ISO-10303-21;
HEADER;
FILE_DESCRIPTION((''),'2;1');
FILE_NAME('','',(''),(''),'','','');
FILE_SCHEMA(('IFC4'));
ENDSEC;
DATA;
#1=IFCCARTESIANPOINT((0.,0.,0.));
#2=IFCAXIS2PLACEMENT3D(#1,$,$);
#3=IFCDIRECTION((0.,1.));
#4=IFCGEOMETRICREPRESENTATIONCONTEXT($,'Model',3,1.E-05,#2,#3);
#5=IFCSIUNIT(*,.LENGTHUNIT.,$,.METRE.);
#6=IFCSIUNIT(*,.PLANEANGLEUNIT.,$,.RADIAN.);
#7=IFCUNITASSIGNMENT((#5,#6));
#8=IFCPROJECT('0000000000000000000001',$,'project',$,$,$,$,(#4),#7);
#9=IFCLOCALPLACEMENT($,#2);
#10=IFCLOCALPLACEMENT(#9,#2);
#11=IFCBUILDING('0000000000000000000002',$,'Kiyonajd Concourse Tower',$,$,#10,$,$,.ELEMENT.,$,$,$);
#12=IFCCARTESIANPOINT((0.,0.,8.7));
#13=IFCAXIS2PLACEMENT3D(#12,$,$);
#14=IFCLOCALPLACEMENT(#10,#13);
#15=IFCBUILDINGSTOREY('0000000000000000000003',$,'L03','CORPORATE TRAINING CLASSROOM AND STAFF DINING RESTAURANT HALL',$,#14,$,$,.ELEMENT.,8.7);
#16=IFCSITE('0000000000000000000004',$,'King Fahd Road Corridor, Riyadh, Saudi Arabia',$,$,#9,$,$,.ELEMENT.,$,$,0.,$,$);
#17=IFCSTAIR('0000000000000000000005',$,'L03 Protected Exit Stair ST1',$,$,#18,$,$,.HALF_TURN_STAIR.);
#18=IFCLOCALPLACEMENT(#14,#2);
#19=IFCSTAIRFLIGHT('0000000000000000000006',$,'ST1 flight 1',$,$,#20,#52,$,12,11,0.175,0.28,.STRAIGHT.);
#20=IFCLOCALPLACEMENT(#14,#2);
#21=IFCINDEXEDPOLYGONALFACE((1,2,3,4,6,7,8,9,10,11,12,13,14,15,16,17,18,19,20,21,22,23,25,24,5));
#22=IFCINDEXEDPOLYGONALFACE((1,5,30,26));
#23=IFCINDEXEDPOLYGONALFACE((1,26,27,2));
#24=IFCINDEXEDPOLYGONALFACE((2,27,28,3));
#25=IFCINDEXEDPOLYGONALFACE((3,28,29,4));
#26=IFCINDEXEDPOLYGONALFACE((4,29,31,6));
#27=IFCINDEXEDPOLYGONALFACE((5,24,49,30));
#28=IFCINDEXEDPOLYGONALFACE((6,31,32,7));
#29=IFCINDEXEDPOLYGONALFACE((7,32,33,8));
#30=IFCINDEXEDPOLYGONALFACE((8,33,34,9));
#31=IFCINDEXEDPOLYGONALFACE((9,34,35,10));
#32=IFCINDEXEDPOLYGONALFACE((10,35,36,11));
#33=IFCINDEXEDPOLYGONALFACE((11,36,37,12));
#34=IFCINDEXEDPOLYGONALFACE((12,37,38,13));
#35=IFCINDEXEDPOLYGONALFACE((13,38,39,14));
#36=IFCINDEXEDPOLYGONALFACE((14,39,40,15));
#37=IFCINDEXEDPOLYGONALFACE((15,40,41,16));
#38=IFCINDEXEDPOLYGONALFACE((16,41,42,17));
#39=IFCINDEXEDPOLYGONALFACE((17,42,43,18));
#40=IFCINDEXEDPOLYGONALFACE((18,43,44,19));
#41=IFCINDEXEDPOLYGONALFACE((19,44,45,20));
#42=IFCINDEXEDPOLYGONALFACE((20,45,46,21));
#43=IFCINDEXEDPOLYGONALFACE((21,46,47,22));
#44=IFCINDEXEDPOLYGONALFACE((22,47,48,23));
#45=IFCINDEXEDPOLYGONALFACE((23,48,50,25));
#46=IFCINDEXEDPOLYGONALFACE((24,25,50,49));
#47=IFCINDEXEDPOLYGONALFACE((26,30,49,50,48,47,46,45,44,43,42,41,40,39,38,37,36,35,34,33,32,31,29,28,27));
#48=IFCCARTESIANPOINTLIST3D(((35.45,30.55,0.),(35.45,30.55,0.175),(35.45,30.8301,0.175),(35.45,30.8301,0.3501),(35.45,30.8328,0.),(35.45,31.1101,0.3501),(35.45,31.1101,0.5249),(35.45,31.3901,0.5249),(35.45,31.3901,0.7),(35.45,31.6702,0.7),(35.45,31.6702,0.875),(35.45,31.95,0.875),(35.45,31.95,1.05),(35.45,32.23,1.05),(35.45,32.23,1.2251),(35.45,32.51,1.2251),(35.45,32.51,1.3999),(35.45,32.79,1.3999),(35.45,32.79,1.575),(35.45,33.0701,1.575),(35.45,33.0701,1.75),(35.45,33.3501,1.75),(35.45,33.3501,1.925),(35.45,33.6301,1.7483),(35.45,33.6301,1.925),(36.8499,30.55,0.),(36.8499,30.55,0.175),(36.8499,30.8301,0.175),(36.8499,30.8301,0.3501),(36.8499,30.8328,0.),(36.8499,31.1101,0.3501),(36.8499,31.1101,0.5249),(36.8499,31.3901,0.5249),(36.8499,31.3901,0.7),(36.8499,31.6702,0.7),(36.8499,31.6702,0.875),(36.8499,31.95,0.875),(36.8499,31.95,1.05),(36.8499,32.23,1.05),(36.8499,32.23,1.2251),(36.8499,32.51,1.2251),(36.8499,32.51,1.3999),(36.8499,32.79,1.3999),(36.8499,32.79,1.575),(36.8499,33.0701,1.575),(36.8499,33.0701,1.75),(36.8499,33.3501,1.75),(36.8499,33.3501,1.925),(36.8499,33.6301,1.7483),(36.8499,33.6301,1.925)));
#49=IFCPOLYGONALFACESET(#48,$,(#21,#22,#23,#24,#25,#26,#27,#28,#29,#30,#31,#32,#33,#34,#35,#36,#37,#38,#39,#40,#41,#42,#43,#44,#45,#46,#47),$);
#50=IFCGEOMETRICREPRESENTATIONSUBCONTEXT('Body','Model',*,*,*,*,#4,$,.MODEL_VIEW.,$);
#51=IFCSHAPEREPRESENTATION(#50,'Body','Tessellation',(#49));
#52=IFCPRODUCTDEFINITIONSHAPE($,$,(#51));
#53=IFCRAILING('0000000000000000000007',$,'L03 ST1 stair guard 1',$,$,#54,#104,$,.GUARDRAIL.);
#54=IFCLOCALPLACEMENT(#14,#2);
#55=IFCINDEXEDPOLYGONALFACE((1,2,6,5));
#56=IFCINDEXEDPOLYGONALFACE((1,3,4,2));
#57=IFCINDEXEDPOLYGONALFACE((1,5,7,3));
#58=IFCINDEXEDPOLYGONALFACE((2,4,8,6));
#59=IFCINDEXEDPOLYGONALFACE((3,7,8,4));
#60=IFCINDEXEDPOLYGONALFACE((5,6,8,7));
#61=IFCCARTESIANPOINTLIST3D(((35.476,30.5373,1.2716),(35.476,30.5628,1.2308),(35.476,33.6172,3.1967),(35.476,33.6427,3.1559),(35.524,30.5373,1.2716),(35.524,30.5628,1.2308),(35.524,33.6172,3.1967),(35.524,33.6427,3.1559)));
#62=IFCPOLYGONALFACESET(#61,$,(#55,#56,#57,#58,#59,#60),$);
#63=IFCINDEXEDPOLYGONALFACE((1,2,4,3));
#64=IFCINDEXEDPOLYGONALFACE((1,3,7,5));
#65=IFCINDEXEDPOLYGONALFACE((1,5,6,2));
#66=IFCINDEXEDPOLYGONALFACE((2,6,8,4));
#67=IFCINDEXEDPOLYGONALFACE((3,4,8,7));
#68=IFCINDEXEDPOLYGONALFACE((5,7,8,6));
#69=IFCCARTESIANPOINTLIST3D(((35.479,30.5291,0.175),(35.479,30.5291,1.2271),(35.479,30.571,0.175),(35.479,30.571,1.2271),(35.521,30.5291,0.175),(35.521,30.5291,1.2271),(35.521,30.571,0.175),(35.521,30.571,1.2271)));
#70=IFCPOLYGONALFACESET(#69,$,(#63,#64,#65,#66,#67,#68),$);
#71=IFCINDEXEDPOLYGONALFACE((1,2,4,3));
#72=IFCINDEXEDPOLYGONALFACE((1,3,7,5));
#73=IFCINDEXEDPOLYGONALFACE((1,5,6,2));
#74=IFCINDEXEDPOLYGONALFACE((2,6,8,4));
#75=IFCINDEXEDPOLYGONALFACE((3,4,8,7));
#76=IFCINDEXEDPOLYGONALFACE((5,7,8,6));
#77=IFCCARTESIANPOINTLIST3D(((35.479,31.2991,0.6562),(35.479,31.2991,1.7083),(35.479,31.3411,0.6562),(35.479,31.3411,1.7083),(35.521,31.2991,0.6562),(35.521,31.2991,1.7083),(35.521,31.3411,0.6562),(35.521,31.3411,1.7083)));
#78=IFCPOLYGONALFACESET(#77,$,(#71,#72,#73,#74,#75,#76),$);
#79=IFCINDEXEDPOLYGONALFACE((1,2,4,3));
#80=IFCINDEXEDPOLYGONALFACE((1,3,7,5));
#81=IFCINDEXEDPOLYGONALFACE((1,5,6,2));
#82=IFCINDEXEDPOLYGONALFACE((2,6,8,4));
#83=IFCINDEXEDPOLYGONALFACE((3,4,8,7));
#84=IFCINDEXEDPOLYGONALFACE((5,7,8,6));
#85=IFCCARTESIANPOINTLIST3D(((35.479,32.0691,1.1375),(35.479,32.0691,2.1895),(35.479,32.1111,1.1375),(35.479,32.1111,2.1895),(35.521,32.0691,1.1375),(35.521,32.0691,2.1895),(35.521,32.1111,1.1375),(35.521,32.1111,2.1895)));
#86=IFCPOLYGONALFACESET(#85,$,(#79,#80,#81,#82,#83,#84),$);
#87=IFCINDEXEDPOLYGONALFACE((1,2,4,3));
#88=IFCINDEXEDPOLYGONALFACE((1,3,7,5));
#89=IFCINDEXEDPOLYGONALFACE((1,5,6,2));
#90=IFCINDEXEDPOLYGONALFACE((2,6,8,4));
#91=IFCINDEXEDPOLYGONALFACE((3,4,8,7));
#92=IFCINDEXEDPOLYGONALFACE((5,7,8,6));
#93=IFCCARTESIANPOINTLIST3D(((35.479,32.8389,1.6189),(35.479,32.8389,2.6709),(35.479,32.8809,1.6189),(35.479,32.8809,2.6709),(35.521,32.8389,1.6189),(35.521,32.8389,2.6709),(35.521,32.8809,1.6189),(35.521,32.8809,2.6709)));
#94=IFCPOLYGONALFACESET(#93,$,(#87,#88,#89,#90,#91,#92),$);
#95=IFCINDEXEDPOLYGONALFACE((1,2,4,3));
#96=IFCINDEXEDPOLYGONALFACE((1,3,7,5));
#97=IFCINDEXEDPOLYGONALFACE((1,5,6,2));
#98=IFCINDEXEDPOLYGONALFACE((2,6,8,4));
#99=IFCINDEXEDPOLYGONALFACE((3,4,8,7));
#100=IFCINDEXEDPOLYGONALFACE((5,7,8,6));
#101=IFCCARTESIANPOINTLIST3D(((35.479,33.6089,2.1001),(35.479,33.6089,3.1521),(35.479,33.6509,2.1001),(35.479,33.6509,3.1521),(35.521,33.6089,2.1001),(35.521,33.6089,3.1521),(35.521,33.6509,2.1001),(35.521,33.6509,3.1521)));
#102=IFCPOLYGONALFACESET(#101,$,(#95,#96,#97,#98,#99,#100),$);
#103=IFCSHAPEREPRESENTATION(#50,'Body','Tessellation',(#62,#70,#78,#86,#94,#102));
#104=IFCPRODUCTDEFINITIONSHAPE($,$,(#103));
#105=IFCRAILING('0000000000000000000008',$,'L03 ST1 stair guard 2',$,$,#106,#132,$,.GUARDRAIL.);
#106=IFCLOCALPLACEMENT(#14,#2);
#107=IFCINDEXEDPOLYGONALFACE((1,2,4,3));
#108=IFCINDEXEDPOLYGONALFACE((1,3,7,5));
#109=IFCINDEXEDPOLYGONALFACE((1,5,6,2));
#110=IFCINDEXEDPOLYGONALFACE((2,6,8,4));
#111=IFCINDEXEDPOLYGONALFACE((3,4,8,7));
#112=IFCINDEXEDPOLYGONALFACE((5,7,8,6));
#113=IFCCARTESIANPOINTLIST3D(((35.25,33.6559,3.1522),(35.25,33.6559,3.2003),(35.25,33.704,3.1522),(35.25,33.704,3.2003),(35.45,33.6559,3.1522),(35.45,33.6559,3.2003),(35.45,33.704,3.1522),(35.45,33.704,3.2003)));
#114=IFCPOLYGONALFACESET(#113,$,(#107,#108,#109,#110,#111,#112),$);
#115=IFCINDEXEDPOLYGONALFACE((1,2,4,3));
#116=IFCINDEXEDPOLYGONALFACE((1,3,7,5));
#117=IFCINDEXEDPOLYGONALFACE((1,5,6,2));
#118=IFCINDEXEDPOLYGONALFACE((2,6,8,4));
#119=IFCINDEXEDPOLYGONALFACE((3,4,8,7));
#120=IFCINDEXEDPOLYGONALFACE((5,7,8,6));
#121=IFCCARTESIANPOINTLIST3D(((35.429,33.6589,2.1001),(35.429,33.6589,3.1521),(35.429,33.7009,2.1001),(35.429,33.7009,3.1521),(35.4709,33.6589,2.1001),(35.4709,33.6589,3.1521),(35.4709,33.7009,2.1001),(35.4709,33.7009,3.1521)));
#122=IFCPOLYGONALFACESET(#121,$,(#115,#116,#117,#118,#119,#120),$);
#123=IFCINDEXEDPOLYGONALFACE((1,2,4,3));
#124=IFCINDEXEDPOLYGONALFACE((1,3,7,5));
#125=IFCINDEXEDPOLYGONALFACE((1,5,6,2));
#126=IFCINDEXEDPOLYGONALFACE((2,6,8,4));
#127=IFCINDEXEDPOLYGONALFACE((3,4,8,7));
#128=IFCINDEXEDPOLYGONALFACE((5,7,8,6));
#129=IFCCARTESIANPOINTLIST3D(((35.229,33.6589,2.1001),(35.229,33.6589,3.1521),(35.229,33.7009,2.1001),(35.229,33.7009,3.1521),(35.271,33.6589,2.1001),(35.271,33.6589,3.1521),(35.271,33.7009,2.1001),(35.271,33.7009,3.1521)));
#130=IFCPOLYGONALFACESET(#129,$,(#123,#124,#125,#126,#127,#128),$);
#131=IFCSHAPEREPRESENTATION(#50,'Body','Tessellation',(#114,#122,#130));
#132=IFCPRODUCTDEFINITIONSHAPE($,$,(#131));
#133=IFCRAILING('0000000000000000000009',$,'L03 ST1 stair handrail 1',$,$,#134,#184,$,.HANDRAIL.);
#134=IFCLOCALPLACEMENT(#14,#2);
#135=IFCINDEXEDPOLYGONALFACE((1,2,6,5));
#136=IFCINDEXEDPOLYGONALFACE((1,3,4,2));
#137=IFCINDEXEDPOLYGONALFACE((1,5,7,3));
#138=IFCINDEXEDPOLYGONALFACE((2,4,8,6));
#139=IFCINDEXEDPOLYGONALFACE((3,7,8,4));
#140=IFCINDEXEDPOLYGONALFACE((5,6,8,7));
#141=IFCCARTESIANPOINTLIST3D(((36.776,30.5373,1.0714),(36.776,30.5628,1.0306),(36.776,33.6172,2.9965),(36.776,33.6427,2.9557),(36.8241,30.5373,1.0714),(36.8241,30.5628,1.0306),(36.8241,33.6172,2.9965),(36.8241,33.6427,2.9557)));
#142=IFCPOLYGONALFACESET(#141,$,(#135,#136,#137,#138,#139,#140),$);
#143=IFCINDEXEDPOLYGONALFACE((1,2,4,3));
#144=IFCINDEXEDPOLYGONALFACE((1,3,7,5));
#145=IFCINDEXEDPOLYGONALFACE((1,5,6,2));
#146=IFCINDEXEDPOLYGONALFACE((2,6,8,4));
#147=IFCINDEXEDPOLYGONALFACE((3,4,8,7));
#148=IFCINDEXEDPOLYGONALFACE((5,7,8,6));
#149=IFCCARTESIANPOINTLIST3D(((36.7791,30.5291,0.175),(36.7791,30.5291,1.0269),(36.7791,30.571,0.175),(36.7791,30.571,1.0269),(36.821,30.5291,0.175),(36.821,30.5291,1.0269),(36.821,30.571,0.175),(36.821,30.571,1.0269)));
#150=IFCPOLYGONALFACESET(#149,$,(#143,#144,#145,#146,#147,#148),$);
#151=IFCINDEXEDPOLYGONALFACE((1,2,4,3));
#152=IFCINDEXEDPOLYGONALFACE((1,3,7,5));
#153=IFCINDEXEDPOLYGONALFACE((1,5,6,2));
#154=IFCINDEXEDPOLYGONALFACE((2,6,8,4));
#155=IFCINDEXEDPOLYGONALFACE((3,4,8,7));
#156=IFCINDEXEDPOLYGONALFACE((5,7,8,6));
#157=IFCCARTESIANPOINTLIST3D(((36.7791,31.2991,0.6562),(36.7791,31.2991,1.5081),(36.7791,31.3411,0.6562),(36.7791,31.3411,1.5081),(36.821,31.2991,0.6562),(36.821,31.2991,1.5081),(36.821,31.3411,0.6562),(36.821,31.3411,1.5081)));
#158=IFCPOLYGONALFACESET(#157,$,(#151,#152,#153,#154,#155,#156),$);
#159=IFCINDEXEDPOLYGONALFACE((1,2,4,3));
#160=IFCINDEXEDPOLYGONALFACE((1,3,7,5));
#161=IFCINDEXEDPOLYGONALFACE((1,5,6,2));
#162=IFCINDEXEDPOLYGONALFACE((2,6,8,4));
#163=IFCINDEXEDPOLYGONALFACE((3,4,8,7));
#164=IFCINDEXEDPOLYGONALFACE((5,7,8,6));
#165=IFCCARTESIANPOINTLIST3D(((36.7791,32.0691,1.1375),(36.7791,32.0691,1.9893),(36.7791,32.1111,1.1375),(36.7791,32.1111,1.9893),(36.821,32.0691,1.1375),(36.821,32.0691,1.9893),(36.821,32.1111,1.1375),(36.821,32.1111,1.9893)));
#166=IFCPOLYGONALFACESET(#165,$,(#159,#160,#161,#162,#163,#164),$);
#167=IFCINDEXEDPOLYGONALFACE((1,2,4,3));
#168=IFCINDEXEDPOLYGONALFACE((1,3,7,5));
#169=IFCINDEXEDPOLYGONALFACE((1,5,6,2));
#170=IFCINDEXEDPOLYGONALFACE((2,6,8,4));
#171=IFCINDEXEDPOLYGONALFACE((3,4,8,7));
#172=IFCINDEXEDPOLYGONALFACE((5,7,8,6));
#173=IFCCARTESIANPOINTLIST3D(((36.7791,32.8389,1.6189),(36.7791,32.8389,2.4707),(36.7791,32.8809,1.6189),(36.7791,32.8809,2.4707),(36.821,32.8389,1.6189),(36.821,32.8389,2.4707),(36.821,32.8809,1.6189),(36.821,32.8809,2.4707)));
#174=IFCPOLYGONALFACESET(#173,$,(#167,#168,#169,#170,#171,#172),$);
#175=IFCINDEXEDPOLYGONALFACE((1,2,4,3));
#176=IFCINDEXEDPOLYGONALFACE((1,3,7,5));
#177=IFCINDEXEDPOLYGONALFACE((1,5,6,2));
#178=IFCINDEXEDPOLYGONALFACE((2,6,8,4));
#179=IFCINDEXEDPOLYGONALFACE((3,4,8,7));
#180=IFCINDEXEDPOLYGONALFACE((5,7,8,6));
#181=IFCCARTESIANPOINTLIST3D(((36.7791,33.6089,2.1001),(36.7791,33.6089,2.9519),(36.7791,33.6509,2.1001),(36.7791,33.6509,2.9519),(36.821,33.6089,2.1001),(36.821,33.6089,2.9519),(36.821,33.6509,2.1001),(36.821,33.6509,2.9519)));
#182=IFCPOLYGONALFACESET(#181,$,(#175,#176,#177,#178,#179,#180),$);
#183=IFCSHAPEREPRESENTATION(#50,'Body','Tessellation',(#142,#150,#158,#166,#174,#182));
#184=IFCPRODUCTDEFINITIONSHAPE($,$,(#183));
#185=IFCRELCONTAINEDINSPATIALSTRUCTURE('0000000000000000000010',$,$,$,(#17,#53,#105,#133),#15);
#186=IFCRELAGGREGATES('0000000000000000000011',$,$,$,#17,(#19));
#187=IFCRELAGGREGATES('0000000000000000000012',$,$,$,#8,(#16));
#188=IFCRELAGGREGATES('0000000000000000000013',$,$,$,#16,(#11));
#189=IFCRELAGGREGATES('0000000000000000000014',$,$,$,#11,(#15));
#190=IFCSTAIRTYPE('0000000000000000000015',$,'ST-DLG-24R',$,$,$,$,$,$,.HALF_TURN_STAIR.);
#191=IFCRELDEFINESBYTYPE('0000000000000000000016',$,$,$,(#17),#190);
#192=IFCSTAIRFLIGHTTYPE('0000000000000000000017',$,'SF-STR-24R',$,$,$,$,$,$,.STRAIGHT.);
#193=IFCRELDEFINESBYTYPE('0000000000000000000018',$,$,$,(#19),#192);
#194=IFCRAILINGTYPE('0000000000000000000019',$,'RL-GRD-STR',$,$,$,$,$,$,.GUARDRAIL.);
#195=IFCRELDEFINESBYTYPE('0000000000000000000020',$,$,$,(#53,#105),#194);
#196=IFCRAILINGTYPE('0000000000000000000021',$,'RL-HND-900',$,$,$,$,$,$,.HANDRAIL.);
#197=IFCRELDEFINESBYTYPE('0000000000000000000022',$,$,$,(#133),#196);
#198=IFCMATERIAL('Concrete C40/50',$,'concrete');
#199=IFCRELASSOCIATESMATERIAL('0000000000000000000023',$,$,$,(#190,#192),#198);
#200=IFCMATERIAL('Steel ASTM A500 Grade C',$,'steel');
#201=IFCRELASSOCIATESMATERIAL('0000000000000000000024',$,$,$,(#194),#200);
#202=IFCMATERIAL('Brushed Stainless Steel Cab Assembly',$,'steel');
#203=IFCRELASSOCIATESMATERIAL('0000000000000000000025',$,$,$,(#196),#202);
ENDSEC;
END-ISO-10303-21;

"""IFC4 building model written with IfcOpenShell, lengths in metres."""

from ifc_helpers import new_model, si_unit, direction, frame, origin, origin_2d, place, context, subcontext, project, spatial, polyline, rectangle, outline, extrude, material, type_object, element, aggregate, save


model = new_model("IFC4")

# Units and contexts
model_context = context("Model", 3, precision=1e-05, world=origin(), true_north=direction((0.0, 1.0)))
body_context = subcontext(model_context, "Body", "Model", "MODEL_VIEW")
ifc_project = project(units=[si_unit("LENGTHUNIT", "METRE"), si_unit("PLANEANGLEUNIT", "RADIAN")], contexts=[model_context])

# Site, building, storey
site_placement = place(None, origin())
site = spatial("IfcSite", under=ifc_project, at=site_placement, Name="King Fahd Road Corridor, Riyadh, Saudi Arabia", CompositionType="ELEMENT", RefElevation=0.0)
building_placement = place(site_placement, origin())
building = spatial("IfcBuilding", under=site, at=building_placement, Name="Kiyonajd Concourse Tower", CompositionType="ELEMENT")
storey_placement = place(building_placement, frame((0.0, 0.0, 8.7)))
storey = spatial("IfcBuildingStorey", under=building, at=storey_placement, Name="L03", Description="CORPORATE TRAINING CLASSROOM AND STAFF DINING RESTAURANT HALL", CompositionType="ELEMENT", Elevation=8.7)

# Shared definitions
ifc_material_1 = material(Name="Brushed Stainless Steel Cab Assembly", Category="steel")

# Stair, stair flight
ifc_material_2 = material(Name="Concrete C40/50", Category="concrete")
stair_type = type_object("IfcStairType", Name="ST-DLG-24R", PredefinedType="HALF_TURN_STAIR", material=ifc_material_2)
stair_placement = place(storey_placement, origin())
stair = element("IfcStair", 1, at=stair_placement, inside=storey, type_object=stair_type, Name="L03 Protected Exit Stair ST1", PredefinedType="HALF_TURN_STAIR")
stair_flight_type = type_object("IfcStairFlightType", Name="SF-STR-24R", PredefinedType="STRAIGHT", material=ifc_material_2)
stair_flight_placement = place(storey_placement, frame((36.1499, 30.55, 0.0), z_axis=(0.0, 0.0, 1.0), x_axis=(0.0, 1.0, 0.0)))
stair_flight = element("IfcStairFlight", 2, at=stair_flight_placement, type_object=stair_flight_type, Name="ST1 flight 1", NumberOfRisers=12, NumberOfTreads=11, PredefinedType="STRAIGHT", RiserHeight=0.175, TreadLength=0.28, context=body_context, shape_type="SweptSolid", body=[
    extrude(outline(polyline([(0.0, 0.0), (0.0, 0.175), (0.28, 0.175), (0.28, 0.3501), (0.5601, 0.3501), (0.5601, 0.5249), (0.8401, 0.5249), (0.8401, 0.7), (1.1201, 0.7), (1.1201, 0.875), (1.3999, 0.875), (1.3999, 1.05), (1.6799, 1.05), (1.6799, 1.2251), (1.96, 1.2251), (1.96, 1.3999), (2.24, 1.3999), (2.24, 1.575), (2.52, 1.575), (2.52, 1.75), (2.8, 1.75), (2.8, 1.925), (3.0801, 1.925), (3.0801, 2.1001), (3.0801, 1.7483), (0.2827, 0.0), (0.0, 0.0)])), frame((0.0, 0.7, 0.0), z_axis=(0.0, -1.0, 0.0), x_axis=(1.0, 0.0, 0.0)), (0.0, 0.0, 1.0), 1.3999),
])
aggregate(stair, [stair_flight])

# Railings
ifc_material_3 = material(Name="Steel ASTM A500 Grade C", Category="steel")
railing_type_1 = type_object("IfcRailingType", Name="RL-GRD-STR", PredefinedType="GUARDRAIL", material=ifc_material_3)
railing_1_placement = place(storey_placement, frame((35.5, 30.55, 0.175)))
element("IfcRailing", 3, at=railing_1_placement, inside=storey, type_object=railing_type_1, Name="L03 ST1 stair guard 1", PredefinedType="GUARDRAIL", context=body_context, shape_type="SweptSolid", body=[
    extrude(rectangle(XDim=0.0481, YDim=0.0481, at=origin_2d()), frame((0.0, 0.0, 1.0762), z_axis=(0.0, 0.847979, 0.530029), x_axis=(-1.0, 0.0, 0.0)), (0.0, 0.0, 1.0), 3.6321),
    extrude(rectangle(XDim=0.042, YDim=0.042, at=origin_2d()), origin(), (0.0, 0.0, 1.0), 1.052),
    extrude(rectangle(XDim=0.042, YDim=0.042, at=origin_2d()), frame((0.0, 0.77, 0.4812)), (0.0, 0.0, 1.0), 1.052),
    extrude(rectangle(XDim=0.042, YDim=0.042, at=origin_2d()), frame((0.0, 1.54, 0.9624)), (0.0, 0.0, 1.0), 1.052),
    extrude(rectangle(XDim=0.042, YDim=0.042, at=origin_2d()), frame((0.0, 2.3098, 1.4438)), (0.0, 0.0, 1.0), 1.052),
    extrude(rectangle(XDim=0.042, YDim=0.042, at=origin_2d()), frame((0.0, 3.0798, 1.925)), (0.0, 0.0, 1.0), 1.052),
])
railing_2_placement = place(storey_placement, frame((35.45, 33.6799, 2.1001)))
element("IfcRailing", 4, at=railing_2_placement, inside=storey, type_object=railing_type_1, Name="L03 ST1 stair guard 2", PredefinedType="GUARDRAIL", context=body_context, shape_type="SweptSolid", body=[
    extrude(rectangle(XDim=0.0481, YDim=0.0481, at=origin_2d()), frame((0.0, 0.0, 1.0762), z_axis=(-1.0, 0.0, 0.0), x_axis=(0.0, -1.0, 0.0)), (0.0, 0.0, 1.0), 0.2),
    extrude(rectangle(XDim=0.042, YDim=0.042, at=origin_2d()), origin(), (0.0, 0.0, 1.0), 1.052),
    extrude(rectangle(XDim=0.042, YDim=0.042, at=origin_2d()), frame((-0.2, 0.0, 0.0)), (0.0, 0.0, 1.0), 1.052),
])
railing_type_2 = type_object("IfcRailingType", Name="RL-HND-900", PredefinedType="HANDRAIL", material=ifc_material_1)
railing_3_placement = place(storey_placement, frame((36.8, 30.55, 0.175)))
element("IfcRailing", 5, at=railing_3_placement, inside=storey, type_object=railing_type_2, Name="L03 ST1 stair handrail 1", PredefinedType="HANDRAIL", context=body_context, shape_type="SweptSolid", body=[
    extrude(rectangle(XDim=0.0481, YDim=0.0481, at=origin_2d()), frame((0.0, 0.0, 0.876), z_axis=(0.0, 0.847979, 0.530029), x_axis=(-1.0, 0.0, 0.0)), (0.0, 0.0, 1.0), 3.6321),
    extrude(rectangle(XDim=0.042, YDim=0.042, at=origin_2d()), origin(), (0.0, 0.0, 1.0), 0.8518),
    extrude(rectangle(XDim=0.042, YDim=0.042, at=origin_2d()), frame((0.0, 0.77, 0.4812)), (0.0, 0.0, 1.0), 0.8518),
    extrude(rectangle(XDim=0.042, YDim=0.042, at=origin_2d()), frame((0.0, 1.54, 0.9624)), (0.0, 0.0, 1.0), 0.8518),
    extrude(rectangle(XDim=0.042, YDim=0.042, at=origin_2d()), frame((0.0, 2.3098, 1.4438)), (0.0, 0.0, 1.0), 0.8518),
    extrude(rectangle(XDim=0.042, YDim=0.042, at=origin_2d()), frame((0.0, 3.0798, 1.925)), (0.0, 0.0, 1.0), 0.8518),
])

save(model, "model.ifc")
